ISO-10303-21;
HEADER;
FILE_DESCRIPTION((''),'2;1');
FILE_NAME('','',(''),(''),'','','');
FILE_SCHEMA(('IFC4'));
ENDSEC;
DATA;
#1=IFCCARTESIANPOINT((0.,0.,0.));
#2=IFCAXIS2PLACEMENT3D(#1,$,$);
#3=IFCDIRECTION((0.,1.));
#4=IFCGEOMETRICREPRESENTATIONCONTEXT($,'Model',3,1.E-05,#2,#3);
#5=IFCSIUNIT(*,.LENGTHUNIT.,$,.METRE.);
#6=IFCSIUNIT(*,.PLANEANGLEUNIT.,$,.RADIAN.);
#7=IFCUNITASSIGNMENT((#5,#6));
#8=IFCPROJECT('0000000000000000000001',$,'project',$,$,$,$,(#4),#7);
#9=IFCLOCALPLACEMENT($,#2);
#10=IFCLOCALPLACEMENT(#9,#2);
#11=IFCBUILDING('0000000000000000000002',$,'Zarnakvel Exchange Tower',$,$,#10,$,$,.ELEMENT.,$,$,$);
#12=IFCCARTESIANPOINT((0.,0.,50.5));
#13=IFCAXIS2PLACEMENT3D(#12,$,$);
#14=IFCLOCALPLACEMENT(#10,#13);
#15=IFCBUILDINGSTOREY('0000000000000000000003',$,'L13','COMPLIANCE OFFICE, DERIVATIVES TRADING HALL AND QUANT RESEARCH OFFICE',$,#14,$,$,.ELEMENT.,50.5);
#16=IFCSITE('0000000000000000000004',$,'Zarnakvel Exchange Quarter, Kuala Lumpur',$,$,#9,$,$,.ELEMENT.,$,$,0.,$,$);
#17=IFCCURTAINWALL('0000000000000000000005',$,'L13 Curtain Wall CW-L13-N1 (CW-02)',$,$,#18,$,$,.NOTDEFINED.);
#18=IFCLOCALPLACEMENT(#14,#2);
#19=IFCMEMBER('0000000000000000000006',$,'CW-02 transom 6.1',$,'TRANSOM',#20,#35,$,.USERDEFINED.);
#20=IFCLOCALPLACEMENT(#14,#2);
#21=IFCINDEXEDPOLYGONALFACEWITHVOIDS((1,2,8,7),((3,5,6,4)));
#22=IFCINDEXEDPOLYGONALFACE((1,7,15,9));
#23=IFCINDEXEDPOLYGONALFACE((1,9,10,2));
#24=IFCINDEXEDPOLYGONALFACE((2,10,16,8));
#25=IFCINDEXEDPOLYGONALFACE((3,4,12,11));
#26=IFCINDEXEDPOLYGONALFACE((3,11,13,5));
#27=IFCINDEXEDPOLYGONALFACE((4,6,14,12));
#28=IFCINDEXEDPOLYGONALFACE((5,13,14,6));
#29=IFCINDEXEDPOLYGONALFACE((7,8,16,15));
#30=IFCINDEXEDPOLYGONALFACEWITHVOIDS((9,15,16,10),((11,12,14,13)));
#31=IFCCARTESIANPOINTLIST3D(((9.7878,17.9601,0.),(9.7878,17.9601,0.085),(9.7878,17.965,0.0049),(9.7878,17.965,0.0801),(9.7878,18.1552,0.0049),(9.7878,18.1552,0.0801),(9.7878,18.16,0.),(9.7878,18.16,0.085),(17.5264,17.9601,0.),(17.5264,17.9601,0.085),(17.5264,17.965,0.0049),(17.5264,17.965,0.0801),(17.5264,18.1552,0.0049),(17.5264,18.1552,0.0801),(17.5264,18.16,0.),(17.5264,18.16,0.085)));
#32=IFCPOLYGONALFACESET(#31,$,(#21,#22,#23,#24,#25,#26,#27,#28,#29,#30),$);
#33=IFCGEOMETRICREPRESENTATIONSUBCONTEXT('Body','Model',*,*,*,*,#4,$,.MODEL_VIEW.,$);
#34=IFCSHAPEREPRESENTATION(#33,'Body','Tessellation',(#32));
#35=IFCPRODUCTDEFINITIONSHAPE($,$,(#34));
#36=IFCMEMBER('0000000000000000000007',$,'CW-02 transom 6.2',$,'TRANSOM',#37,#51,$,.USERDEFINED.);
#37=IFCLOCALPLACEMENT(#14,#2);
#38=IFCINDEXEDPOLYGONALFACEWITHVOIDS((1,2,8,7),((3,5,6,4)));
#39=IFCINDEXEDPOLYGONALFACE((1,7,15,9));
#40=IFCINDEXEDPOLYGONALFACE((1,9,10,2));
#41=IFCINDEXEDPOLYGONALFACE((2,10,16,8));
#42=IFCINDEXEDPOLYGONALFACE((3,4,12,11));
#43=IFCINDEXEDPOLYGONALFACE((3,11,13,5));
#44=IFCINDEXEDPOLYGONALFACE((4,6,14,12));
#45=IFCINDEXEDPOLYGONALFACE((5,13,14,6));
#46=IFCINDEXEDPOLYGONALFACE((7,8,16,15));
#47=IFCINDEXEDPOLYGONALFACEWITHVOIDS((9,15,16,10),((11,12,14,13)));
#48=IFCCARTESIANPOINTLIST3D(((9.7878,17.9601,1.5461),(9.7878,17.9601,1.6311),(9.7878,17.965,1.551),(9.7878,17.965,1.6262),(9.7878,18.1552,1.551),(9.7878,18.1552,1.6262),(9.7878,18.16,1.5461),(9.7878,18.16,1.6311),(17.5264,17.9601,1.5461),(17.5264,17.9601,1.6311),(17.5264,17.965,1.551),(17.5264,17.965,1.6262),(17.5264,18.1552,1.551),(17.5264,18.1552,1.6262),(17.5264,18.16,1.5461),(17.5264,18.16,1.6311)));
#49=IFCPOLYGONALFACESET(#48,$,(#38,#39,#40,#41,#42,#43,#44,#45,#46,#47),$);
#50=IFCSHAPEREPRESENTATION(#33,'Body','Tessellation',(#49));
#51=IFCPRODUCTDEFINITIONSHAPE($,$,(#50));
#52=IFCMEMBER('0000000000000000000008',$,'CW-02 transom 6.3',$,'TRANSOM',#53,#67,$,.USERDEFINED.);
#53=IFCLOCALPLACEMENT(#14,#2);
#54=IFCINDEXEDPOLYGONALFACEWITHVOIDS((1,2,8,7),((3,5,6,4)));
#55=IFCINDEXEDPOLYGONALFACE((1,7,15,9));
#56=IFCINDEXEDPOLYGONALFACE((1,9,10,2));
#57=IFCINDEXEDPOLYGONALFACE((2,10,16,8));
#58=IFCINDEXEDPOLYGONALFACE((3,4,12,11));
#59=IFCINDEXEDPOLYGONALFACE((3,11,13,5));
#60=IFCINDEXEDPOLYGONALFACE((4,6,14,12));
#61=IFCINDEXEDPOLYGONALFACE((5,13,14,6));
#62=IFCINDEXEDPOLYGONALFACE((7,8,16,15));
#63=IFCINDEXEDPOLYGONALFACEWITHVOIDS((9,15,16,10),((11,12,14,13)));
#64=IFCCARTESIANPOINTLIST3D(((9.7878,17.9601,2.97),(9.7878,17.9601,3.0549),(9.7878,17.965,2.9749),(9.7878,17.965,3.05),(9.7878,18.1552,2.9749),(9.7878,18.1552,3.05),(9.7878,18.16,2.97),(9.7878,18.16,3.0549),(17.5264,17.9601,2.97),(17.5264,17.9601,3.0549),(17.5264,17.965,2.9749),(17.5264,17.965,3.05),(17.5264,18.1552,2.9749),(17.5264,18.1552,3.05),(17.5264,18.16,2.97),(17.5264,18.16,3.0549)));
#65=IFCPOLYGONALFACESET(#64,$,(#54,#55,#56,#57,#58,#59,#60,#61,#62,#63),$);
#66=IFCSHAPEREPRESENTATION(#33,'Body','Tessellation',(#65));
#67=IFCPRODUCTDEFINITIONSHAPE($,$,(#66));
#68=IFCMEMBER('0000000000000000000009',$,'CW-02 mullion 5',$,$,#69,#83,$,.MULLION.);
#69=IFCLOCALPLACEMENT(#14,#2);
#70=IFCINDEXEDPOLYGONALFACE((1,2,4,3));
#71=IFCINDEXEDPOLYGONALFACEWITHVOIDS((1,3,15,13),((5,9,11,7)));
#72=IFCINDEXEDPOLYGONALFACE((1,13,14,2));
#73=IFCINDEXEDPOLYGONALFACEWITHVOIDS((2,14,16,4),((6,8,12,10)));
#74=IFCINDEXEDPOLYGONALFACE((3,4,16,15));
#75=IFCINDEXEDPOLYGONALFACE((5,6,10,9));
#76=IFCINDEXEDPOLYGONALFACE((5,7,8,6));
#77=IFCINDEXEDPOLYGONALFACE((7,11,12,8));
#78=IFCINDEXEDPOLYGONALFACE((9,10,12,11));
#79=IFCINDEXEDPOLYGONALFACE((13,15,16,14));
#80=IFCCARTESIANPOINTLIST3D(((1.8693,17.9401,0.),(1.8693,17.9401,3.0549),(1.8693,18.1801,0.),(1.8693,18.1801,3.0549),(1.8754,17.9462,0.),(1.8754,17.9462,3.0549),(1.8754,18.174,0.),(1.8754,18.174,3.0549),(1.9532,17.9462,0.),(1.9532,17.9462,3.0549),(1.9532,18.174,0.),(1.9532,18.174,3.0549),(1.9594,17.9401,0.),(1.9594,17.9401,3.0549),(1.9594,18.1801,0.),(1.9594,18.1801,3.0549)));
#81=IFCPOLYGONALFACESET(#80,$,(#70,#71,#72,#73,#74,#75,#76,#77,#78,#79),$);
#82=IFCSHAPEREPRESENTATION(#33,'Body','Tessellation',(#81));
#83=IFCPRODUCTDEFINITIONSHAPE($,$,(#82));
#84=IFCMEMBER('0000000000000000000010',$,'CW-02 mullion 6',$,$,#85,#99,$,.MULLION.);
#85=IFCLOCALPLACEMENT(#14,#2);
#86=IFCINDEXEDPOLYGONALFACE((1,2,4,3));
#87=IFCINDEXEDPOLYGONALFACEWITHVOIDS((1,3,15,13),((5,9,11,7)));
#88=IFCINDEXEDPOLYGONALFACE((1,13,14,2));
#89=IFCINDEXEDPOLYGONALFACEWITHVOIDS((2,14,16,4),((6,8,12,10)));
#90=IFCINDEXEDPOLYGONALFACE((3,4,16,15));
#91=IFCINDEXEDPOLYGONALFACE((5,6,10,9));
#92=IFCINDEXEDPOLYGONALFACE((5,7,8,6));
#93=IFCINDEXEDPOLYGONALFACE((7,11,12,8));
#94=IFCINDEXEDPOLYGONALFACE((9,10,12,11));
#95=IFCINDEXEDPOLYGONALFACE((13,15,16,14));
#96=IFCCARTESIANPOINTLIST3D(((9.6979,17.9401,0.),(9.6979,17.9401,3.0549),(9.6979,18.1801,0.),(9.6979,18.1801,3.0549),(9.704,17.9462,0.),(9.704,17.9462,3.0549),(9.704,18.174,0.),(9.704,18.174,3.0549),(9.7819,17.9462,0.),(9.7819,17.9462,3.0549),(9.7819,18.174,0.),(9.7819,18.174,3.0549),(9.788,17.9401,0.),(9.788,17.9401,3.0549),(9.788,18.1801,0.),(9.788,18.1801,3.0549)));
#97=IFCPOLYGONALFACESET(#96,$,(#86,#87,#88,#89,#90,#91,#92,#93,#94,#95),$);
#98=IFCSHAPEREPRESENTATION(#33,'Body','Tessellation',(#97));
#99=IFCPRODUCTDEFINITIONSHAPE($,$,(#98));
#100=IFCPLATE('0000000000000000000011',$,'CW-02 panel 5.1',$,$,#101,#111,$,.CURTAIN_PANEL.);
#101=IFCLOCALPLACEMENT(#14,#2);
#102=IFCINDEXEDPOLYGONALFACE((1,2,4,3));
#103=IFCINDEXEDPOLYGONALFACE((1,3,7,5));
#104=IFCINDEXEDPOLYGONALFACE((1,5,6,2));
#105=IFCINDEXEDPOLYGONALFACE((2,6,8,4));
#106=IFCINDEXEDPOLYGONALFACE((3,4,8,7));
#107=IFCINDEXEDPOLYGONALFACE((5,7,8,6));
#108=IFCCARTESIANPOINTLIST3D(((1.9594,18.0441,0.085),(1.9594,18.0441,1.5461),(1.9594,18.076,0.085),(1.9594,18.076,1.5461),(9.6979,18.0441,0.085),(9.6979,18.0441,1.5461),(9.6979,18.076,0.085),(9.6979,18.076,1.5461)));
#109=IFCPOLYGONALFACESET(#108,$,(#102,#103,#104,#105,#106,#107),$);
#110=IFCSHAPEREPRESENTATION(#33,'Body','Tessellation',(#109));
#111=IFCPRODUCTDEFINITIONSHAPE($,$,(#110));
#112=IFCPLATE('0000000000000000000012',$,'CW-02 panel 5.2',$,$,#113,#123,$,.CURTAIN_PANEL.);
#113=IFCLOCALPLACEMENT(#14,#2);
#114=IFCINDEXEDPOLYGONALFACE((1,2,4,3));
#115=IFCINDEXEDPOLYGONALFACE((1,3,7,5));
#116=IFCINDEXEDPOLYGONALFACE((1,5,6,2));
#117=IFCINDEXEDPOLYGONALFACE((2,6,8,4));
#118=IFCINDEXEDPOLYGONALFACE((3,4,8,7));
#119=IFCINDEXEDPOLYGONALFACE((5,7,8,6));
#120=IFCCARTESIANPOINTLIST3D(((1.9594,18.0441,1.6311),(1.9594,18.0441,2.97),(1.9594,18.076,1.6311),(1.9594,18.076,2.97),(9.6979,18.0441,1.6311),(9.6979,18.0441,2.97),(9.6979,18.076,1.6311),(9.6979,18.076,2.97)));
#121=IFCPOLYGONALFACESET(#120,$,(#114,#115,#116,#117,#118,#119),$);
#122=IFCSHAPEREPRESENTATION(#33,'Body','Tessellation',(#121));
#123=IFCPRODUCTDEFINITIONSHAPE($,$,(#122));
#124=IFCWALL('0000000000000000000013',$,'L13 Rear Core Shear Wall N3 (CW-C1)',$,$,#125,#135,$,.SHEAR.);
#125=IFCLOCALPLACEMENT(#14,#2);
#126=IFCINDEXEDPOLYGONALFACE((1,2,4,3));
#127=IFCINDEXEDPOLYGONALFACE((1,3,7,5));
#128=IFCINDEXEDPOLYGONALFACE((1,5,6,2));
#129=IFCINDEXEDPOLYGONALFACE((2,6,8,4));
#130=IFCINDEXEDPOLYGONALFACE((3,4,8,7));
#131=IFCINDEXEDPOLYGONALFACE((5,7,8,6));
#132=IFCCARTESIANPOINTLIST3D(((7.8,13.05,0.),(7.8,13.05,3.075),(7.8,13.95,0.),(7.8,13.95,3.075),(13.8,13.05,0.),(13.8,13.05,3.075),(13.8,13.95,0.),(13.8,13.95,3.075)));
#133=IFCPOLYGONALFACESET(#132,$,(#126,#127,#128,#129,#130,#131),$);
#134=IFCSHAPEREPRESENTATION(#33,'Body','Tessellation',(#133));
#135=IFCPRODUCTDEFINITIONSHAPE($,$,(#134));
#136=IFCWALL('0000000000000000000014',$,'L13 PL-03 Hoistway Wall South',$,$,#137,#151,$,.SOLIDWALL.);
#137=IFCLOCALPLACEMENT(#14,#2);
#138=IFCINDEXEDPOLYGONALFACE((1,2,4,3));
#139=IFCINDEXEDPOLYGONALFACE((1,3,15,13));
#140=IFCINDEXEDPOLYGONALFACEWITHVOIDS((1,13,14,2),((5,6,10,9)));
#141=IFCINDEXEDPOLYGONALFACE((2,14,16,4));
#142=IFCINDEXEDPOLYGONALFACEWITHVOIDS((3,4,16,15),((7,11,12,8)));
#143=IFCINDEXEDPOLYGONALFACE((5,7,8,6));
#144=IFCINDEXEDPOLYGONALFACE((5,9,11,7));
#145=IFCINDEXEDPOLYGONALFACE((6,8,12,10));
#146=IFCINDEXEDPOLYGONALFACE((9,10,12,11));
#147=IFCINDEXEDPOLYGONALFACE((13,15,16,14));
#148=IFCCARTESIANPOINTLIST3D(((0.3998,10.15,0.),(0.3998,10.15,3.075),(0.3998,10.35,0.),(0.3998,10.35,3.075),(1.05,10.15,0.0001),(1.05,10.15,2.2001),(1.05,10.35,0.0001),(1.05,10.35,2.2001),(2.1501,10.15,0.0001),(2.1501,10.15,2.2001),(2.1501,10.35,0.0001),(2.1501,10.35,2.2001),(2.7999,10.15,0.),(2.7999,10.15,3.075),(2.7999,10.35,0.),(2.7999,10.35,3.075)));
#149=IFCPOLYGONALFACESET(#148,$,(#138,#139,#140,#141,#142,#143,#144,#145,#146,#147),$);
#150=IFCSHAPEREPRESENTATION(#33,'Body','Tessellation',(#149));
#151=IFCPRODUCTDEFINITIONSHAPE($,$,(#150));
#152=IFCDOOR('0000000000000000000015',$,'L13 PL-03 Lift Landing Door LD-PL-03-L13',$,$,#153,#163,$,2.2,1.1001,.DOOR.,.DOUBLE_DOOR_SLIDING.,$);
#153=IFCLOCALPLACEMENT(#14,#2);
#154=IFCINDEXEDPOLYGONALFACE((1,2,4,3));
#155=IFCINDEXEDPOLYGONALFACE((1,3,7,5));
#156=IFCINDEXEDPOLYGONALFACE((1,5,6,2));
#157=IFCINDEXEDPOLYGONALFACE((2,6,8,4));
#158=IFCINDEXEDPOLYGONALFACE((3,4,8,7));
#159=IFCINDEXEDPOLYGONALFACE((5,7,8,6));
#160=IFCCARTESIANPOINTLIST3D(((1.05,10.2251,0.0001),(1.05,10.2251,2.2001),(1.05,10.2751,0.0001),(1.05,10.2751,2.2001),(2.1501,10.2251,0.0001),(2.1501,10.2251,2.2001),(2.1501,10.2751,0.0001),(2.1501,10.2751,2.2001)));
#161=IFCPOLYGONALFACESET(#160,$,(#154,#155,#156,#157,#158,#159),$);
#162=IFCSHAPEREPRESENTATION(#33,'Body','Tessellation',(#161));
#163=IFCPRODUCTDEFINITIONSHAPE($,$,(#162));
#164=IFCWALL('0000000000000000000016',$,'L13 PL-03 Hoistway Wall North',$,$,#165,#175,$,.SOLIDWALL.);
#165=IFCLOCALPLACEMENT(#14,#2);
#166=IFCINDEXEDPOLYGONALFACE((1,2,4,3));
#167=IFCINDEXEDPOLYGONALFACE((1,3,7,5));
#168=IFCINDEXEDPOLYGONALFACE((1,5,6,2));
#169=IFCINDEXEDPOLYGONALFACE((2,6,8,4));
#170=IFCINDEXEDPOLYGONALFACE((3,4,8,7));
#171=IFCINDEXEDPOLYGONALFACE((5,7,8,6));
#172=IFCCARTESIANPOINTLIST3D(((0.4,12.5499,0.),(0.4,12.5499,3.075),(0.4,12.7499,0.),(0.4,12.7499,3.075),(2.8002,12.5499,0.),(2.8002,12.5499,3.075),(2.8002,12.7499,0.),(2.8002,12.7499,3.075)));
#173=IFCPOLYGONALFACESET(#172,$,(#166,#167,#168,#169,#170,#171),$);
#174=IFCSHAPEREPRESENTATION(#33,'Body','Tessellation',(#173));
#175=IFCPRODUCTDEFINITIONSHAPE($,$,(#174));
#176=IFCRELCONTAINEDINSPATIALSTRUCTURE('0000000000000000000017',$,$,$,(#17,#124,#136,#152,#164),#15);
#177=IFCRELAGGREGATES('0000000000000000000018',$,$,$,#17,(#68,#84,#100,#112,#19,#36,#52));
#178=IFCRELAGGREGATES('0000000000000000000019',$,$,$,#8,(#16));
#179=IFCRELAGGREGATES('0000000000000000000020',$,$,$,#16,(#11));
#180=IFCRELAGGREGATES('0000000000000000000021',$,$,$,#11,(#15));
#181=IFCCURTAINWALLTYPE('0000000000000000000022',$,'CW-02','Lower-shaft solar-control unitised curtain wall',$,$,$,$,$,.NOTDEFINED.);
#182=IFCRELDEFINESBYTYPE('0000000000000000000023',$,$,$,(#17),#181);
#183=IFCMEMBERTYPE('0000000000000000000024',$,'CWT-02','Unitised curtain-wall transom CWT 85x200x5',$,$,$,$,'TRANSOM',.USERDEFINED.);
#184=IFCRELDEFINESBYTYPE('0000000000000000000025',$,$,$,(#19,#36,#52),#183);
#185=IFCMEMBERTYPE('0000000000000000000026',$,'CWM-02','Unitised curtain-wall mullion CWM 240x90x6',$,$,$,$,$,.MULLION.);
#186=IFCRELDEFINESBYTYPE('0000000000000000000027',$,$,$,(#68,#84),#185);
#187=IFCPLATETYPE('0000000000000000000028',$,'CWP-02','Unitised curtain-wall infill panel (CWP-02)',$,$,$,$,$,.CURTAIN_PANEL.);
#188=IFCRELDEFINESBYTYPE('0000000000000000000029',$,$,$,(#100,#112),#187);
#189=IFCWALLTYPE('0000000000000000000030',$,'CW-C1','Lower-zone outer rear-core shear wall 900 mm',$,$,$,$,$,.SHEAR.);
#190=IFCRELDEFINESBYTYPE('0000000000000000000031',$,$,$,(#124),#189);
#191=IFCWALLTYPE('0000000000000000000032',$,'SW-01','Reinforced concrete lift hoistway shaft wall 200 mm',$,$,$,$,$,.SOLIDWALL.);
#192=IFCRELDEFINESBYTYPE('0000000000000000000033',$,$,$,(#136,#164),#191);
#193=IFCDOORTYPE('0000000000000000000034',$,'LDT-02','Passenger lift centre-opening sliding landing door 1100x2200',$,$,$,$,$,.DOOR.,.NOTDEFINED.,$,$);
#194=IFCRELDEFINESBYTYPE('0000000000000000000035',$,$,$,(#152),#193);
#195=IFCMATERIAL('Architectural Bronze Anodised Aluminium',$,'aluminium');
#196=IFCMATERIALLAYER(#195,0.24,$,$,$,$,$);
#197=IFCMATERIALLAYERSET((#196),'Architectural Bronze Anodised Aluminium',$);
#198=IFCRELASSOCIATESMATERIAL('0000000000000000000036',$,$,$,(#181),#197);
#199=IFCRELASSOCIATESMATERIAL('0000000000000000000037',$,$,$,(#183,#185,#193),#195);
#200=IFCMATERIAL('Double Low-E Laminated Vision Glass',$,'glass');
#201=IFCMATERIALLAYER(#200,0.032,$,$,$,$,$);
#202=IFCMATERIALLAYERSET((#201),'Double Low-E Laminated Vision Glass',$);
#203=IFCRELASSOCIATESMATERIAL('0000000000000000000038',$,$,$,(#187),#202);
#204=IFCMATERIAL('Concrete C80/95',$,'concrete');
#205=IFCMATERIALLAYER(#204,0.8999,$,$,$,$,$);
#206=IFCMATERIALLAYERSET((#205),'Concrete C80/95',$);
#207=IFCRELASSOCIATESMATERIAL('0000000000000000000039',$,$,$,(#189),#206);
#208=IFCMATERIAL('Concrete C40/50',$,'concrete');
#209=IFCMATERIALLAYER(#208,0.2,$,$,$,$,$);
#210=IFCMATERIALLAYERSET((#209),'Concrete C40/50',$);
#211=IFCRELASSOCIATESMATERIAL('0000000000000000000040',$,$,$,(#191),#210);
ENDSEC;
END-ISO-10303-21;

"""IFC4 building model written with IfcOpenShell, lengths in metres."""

from ifc_helpers import new_model, si_unit, direction, frame, frame_2d, origin, origin_2d, place, context, subcontext, project, spatial, rectangle, hollow_rectangle, extrude, source, transform, mapped, material, layer, layer_set, material_profile, profile_set, type_object, element, fill, aggregate, save


model = new_model("IFC4")

# Units and contexts
model_context = context("Model", 3, precision=1e-05, world=origin(), true_north=direction((0.0, 1.0)))
body_context = subcontext(model_context, "Body", "Model", "MODEL_VIEW")
ifc_project = project(units=[si_unit("LENGTHUNIT", "METRE"), si_unit("PLANEANGLEUNIT", "RADIAN")], contexts=[model_context])

# Site, building, storey
site_placement = place(None, origin())
site = spatial("IfcSite", under=ifc_project, at=site_placement, Name="Zarnakvel Exchange Quarter, Kuala Lumpur", CompositionType="ELEMENT", RefElevation=0.0)
building_placement = place(site_placement, origin())
building = spatial("IfcBuilding", under=site, at=building_placement, Name="Zarnakvel Exchange Tower", CompositionType="ELEMENT")
storey_placement = place(building_placement, frame((0.0, 0.0, 50.5)))
storey = spatial("IfcBuildingStorey", under=building, at=storey_placement, Name="L13", Description="COMPLIANCE OFFICE, DERIVATIVES TRADING HALL AND QUANT RESEARCH OFFICE", CompositionType="ELEMENT", Elevation=50.5)

# Shared definitions
ifc_material_1 = material(Name="Concrete C80/95", Category="concrete")

# Curtain wall, members, plates
ifc_material_2 = material(Name="Architectural Bronze Anodised Aluminium", Category="aluminium")
ifc_layer_1 = layer(ifc_material_2, 0.24)
ifc_layer_set_1 = layer_set([ifc_layer_1], Name="Architectural Bronze Anodised Aluminium")
curtain_wall_type = type_object("IfcCurtainWallType", Name="CW-02", Description="Lower-shaft solar-control unitised curtain wall", PredefinedType="NOTDEFINED", material=ifc_layer_set_1)
curtain_wall_placement = place(storey_placement, origin())
curtain_wall = element("IfcCurtainWall", 1, at=curtain_wall_placement, inside=storey, type_object=curtain_wall_type, Name="L13 Curtain Wall CW-L13-N1 (CW-02)", PredefinedType="NOTDEFINED")
ifc_material_profile_1 = material_profile(ifc_material_2, hollow_rectangle(XDim=0.2, YDim=0.085, WallThickness=0.0049, at=origin_2d()))
ifc_profile_set_1 = profile_set([ifc_material_profile_1], Name="Architectural Bronze Anodised Aluminium")
member_type_1 = type_object("IfcMemberType", Name="CWT-02", Description="Unitised curtain-wall transom CWT 85x200x5", ElementType="TRANSOM", PredefinedType="USERDEFINED", material=ifc_profile_set_1)
shared_shape_1 = source(origin(), body_context, "Body", "SweptSolid", [
    extrude(hollow_rectangle(XDim=0.2, YDim=0.085, WallThickness=0.0049, at=origin_2d()), origin(), (0.0, 0.0, 1.0), 7.7385),
])
member_1_placement = place(storey_placement, frame((9.7878, 18.0601, 0.0425), z_axis=(1.0, 0.0, 0.0), x_axis=(0.0, 1.0, 0.0)))
member_1 = element("IfcMember", 2, at=member_1_placement, type_object=member_type_1, Name="CW-02 transom 6.1", ObjectType="TRANSOM", PredefinedType="USERDEFINED", context=body_context, shape_type="MappedRepresentation", body=[
    mapped(shared_shape_1, transform((0.0, 0.0, 0.0), x_axis=(1.0, 0.0, 0.0), y_axis=(0.0, 1.0, 0.0), z_axis=(0.0, 0.0, 1.0), scale=1.0)),
])
member_2_placement = place(storey_placement, frame((9.7878, 18.0601, 1.5886), z_axis=(1.0, 0.0, 0.0), x_axis=(0.0, 1.0, 0.0)))
member_2 = element("IfcMember", 3, at=member_2_placement, type_object=member_type_1, Name="CW-02 transom 6.2", ObjectType="TRANSOM", PredefinedType="USERDEFINED", context=body_context, shape_type="MappedRepresentation", body=[
    mapped(shared_shape_1, transform((0.0, 0.0, 0.0), x_axis=(1.0, 0.0, 0.0), y_axis=(0.0, 1.0, 0.0), z_axis=(0.0, 0.0, 1.0), scale=1.0)),
])
member_3_placement = place(storey_placement, frame((9.7878, 18.0601, 3.0125), z_axis=(1.0, 0.0, 0.0), x_axis=(0.0, 1.0, 0.0)))
member_3 = element("IfcMember", 4, at=member_3_placement, type_object=member_type_1, Name="CW-02 transom 6.3", ObjectType="TRANSOM", PredefinedType="USERDEFINED", context=body_context, shape_type="MappedRepresentation", body=[
    mapped(shared_shape_1, transform((0.0, 0.0, 0.0), x_axis=(1.0, 0.0, 0.0), y_axis=(0.0, 1.0, 0.0), z_axis=(0.0, 0.0, 1.0), scale=1.0)),
])
ifc_material_profile_2 = material_profile(ifc_material_2, hollow_rectangle(XDim=0.24, YDim=0.0901, WallThickness=0.0061, at=origin_2d()))
ifc_profile_set_2 = profile_set([ifc_material_profile_2], Name="Architectural Bronze Anodised Aluminium")
member_type_2 = type_object("IfcMemberType", Name="CWM-02", Description="Unitised curtain-wall mullion CWM 240x90x6", PredefinedType="MULLION", material=ifc_profile_set_2)
shared_shape_2 = source(origin(), body_context, "Body", "SweptSolid", [
    extrude(hollow_rectangle(XDim=0.24, YDim=0.0901, WallThickness=0.0061, at=origin_2d()), origin(), (0.0, 0.0, 1.0), 3.0549),
])
member_4_placement = place(storey_placement, frame((1.9143, 18.0601, 0.0), z_axis=(0.0, 0.0, 1.0), x_axis=(0.0, 1.0, 0.0)))
member_4 = element("IfcMember", 5, at=member_4_placement, type_object=member_type_2, Name="CW-02 mullion 5", PredefinedType="MULLION", context=body_context, shape_type="MappedRepresentation", body=[
    mapped(shared_shape_2, transform((0.0, 0.0, 0.0), x_axis=(1.0, 0.0, 0.0), y_axis=(0.0, 1.0, 0.0), z_axis=(0.0, 0.0, 1.0), scale=1.0)),
])
member_5_placement = place(storey_placement, frame((9.7429, 18.0601, 0.0), z_axis=(0.0, 0.0, 1.0), x_axis=(0.0, 1.0, 0.0)))
member_5 = element("IfcMember", 6, at=member_5_placement, type_object=member_type_2, Name="CW-02 mullion 6", PredefinedType="MULLION", context=body_context, shape_type="MappedRepresentation", body=[
    mapped(shared_shape_2, transform((0.0, 0.0, 0.0), x_axis=(1.0, 0.0, 0.0), y_axis=(0.0, 1.0, 0.0), z_axis=(0.0, 0.0, 1.0), scale=1.0)),
])
ifc_material_3 = material(Name="Double Low-E Laminated Vision Glass", Category="glass")
ifc_layer_2 = layer(ifc_material_3, 0.032)
ifc_layer_set_2 = layer_set([ifc_layer_2], Name="Double Low-E Laminated Vision Glass")
plate_type = type_object("IfcPlateType", Name="CWP-02", Description="Unitised curtain-wall infill panel (CWP-02)", PredefinedType="CURTAIN_PANEL", material=ifc_layer_set_2)
shared_shape_3 = source(origin(), body_context, "Body", "SweptSolid", [
    extrude(rectangle(XDim=7.7385, YDim=0.032, at=origin_2d()), origin(), (0.0, 0.0, 1.0), 1.4612),
])
plate_1_placement = place(storey_placement, frame((5.8286, 18.0601, 0.085), z_axis=(0.0, 0.0, 1.0), x_axis=(1.0, 0.0, 0.0)))
plate_1 = element("IfcPlate", 7, at=plate_1_placement, type_object=plate_type, Name="CW-02 panel 5.1", PredefinedType="CURTAIN_PANEL", context=body_context, shape_type="MappedRepresentation", body=[
    mapped(shared_shape_3, transform((0.0, 0.0, 0.0), x_axis=(1.0, 0.0, 0.0), y_axis=(0.0, 1.0, 0.0), z_axis=(0.0, 0.0, 1.0), scale=1.0)),
])
shared_shape_4 = source(origin(), body_context, "Body", "SweptSolid", [
    extrude(rectangle(XDim=7.7385, YDim=0.032, at=origin_2d()), origin(), (0.0, 0.0, 1.0), 1.3389),
])
plate_2_placement = place(storey_placement, frame((5.8286, 18.0601, 1.6311), z_axis=(0.0, 0.0, 1.0), x_axis=(1.0, 0.0, 0.0)))
plate_2 = element("IfcPlate", 8, at=plate_2_placement, type_object=plate_type, Name="CW-02 panel 5.2", PredefinedType="CURTAIN_PANEL", context=body_context, shape_type="MappedRepresentation", body=[
    mapped(shared_shape_4, transform((0.0, 0.0, 0.0), x_axis=(1.0, 0.0, 0.0), y_axis=(0.0, 1.0, 0.0), z_axis=(0.0, 0.0, 1.0), scale=1.0)),
])
aggregate(curtain_wall, [member_4, member_5, plate_1, plate_2, member_1, member_2, member_3])

# Wall
ifc_layer_3 = layer(ifc_material_1, 0.8999)
ifc_layer_set_3 = layer_set([ifc_layer_3], Name="Concrete C80/95")
wall_type_1 = type_object("IfcWallType", Name="CW-C1", Description="Lower-zone outer rear-core shear wall 900 mm", PredefinedType="SHEAR", material=ifc_layer_set_3)
wall_1_placement = place(storey_placement, frame((7.8, 13.5, 0.0), z_axis=(0.0, 0.0, 1.0), x_axis=(1.0, 0.0, 0.0)))
element("IfcWall", 9, at=wall_1_placement, inside=storey, type_object=wall_type_1, Name="L13 Rear Core Shear Wall N3 (CW-C1)", PredefinedType="SHEAR", context=body_context, shape_type="SweptSolid", body=[
    extrude(rectangle(XDim=6.0, YDim=0.8999, at=frame_2d((3.0, 0.0))), origin(), (0.0, 0.0, 1.0), 3.075),
])

# Wall, opening, door
ifc_material_4 = material(Name="Concrete C40/50", Category="concrete")
ifc_layer_4 = layer(ifc_material_4, 0.2)
ifc_layer_set_4 = layer_set([ifc_layer_4], Name="Concrete C40/50")
wall_type_2 = type_object("IfcWallType", Name="SW-01", Description="Reinforced concrete lift hoistway shaft wall 200 mm", PredefinedType="SOLIDWALL", material=ifc_layer_set_4)
wall_2_placement = place(storey_placement, frame((2.8, 10.25, 0.0), z_axis=(0.0, 0.0, 1.0), x_axis=(-1.0, 0.0, 0.0)))
wall_2 = element("IfcWall", 10, at=wall_2_placement, inside=storey, type_object=wall_type_2, Name="L13 PL-03 Hoistway Wall South", PredefinedType="SOLIDWALL", context=body_context, shape_type="SweptSolid", body=[
    extrude(rectangle(XDim=2.4001, YDim=0.2, at=frame_2d((1.2002, 0.0))), origin(), (0.0, 0.0, 1.0), 3.075),
])
opening_1_placement = place(wall_2_placement, frame((0.6499, 0.0, 0.0)))
opening_1 = element("IfcOpeningElement", 11, at=opening_1_placement, cuts=wall_2, PredefinedType="OPENING", context=body_context, shape_type="SweptSolid", body=[
    extrude(rectangle(XDim=1.1001, YDim=2.2, at=frame_2d((0.55, 1.1001))), frame((0.0, 0.1099, 0.0), z_axis=(0.0, -1.0, 0.0), x_axis=(1.0, 0.0, 0.0)), (0.0, 0.0, 1.0), 0.22),
])
door_type = type_object("IfcDoorType", Name="LDT-02", Description="Passenger lift centre-opening sliding landing door 1100x2200", OperationType="NOTDEFINED", PredefinedType="DOOR", material=ifc_material_2)
shared_shape_5 = source(origin(), body_context, "Body", "SweptSolid", [
    extrude(rectangle(XDim=1.1001, YDim=2.2, at=frame_2d((0.55, 1.1001))), frame((0.0, 0.0249, 0.0), z_axis=(0.0, -1.0, 0.0), x_axis=(1.0, 0.0, 0.0)), (0.0, 0.0, 1.0), 0.05),
])
door_1_placement = place(opening_1_placement, origin())
door_1 = element("IfcDoor", 12, at=door_1_placement, inside=storey, type_object=door_type, Name="L13 PL-03 Lift Landing Door LD-PL-03-L13", OperationType="DOUBLE_DOOR_SLIDING", OverallHeight=2.2, OverallWidth=1.1001, PredefinedType="DOOR", context=body_context, shape_type="MappedRepresentation", body=[
    mapped(shared_shape_5, transform((0.0, 0.0, 0.0), x_axis=(1.0, 0.0, 0.0), y_axis=(0.0, 1.0, 0.0), z_axis=(0.0, 0.0, 1.0), scale=1.0)),
])
fill(opening_1, door_1)

# Wall
wall_3_placement = place(storey_placement, frame((0.3999, 12.6499, 0.0), z_axis=(0.0, 0.0, 1.0), x_axis=(1.0, 0.0, 0.0)))
element("IfcWall", 13, at=wall_3_placement, inside=storey, type_object=wall_type_2, Name="L13 PL-03 Hoistway Wall North", PredefinedType="SOLIDWALL", context=body_context, shape_type="SweptSolid", body=[
    extrude(rectangle(XDim=2.4001, YDim=0.2, at=frame_2d((1.2002, 0.0))), origin(), (0.0, 0.0, 1.0), 3.075),
])

save(model, "model.ifc")
